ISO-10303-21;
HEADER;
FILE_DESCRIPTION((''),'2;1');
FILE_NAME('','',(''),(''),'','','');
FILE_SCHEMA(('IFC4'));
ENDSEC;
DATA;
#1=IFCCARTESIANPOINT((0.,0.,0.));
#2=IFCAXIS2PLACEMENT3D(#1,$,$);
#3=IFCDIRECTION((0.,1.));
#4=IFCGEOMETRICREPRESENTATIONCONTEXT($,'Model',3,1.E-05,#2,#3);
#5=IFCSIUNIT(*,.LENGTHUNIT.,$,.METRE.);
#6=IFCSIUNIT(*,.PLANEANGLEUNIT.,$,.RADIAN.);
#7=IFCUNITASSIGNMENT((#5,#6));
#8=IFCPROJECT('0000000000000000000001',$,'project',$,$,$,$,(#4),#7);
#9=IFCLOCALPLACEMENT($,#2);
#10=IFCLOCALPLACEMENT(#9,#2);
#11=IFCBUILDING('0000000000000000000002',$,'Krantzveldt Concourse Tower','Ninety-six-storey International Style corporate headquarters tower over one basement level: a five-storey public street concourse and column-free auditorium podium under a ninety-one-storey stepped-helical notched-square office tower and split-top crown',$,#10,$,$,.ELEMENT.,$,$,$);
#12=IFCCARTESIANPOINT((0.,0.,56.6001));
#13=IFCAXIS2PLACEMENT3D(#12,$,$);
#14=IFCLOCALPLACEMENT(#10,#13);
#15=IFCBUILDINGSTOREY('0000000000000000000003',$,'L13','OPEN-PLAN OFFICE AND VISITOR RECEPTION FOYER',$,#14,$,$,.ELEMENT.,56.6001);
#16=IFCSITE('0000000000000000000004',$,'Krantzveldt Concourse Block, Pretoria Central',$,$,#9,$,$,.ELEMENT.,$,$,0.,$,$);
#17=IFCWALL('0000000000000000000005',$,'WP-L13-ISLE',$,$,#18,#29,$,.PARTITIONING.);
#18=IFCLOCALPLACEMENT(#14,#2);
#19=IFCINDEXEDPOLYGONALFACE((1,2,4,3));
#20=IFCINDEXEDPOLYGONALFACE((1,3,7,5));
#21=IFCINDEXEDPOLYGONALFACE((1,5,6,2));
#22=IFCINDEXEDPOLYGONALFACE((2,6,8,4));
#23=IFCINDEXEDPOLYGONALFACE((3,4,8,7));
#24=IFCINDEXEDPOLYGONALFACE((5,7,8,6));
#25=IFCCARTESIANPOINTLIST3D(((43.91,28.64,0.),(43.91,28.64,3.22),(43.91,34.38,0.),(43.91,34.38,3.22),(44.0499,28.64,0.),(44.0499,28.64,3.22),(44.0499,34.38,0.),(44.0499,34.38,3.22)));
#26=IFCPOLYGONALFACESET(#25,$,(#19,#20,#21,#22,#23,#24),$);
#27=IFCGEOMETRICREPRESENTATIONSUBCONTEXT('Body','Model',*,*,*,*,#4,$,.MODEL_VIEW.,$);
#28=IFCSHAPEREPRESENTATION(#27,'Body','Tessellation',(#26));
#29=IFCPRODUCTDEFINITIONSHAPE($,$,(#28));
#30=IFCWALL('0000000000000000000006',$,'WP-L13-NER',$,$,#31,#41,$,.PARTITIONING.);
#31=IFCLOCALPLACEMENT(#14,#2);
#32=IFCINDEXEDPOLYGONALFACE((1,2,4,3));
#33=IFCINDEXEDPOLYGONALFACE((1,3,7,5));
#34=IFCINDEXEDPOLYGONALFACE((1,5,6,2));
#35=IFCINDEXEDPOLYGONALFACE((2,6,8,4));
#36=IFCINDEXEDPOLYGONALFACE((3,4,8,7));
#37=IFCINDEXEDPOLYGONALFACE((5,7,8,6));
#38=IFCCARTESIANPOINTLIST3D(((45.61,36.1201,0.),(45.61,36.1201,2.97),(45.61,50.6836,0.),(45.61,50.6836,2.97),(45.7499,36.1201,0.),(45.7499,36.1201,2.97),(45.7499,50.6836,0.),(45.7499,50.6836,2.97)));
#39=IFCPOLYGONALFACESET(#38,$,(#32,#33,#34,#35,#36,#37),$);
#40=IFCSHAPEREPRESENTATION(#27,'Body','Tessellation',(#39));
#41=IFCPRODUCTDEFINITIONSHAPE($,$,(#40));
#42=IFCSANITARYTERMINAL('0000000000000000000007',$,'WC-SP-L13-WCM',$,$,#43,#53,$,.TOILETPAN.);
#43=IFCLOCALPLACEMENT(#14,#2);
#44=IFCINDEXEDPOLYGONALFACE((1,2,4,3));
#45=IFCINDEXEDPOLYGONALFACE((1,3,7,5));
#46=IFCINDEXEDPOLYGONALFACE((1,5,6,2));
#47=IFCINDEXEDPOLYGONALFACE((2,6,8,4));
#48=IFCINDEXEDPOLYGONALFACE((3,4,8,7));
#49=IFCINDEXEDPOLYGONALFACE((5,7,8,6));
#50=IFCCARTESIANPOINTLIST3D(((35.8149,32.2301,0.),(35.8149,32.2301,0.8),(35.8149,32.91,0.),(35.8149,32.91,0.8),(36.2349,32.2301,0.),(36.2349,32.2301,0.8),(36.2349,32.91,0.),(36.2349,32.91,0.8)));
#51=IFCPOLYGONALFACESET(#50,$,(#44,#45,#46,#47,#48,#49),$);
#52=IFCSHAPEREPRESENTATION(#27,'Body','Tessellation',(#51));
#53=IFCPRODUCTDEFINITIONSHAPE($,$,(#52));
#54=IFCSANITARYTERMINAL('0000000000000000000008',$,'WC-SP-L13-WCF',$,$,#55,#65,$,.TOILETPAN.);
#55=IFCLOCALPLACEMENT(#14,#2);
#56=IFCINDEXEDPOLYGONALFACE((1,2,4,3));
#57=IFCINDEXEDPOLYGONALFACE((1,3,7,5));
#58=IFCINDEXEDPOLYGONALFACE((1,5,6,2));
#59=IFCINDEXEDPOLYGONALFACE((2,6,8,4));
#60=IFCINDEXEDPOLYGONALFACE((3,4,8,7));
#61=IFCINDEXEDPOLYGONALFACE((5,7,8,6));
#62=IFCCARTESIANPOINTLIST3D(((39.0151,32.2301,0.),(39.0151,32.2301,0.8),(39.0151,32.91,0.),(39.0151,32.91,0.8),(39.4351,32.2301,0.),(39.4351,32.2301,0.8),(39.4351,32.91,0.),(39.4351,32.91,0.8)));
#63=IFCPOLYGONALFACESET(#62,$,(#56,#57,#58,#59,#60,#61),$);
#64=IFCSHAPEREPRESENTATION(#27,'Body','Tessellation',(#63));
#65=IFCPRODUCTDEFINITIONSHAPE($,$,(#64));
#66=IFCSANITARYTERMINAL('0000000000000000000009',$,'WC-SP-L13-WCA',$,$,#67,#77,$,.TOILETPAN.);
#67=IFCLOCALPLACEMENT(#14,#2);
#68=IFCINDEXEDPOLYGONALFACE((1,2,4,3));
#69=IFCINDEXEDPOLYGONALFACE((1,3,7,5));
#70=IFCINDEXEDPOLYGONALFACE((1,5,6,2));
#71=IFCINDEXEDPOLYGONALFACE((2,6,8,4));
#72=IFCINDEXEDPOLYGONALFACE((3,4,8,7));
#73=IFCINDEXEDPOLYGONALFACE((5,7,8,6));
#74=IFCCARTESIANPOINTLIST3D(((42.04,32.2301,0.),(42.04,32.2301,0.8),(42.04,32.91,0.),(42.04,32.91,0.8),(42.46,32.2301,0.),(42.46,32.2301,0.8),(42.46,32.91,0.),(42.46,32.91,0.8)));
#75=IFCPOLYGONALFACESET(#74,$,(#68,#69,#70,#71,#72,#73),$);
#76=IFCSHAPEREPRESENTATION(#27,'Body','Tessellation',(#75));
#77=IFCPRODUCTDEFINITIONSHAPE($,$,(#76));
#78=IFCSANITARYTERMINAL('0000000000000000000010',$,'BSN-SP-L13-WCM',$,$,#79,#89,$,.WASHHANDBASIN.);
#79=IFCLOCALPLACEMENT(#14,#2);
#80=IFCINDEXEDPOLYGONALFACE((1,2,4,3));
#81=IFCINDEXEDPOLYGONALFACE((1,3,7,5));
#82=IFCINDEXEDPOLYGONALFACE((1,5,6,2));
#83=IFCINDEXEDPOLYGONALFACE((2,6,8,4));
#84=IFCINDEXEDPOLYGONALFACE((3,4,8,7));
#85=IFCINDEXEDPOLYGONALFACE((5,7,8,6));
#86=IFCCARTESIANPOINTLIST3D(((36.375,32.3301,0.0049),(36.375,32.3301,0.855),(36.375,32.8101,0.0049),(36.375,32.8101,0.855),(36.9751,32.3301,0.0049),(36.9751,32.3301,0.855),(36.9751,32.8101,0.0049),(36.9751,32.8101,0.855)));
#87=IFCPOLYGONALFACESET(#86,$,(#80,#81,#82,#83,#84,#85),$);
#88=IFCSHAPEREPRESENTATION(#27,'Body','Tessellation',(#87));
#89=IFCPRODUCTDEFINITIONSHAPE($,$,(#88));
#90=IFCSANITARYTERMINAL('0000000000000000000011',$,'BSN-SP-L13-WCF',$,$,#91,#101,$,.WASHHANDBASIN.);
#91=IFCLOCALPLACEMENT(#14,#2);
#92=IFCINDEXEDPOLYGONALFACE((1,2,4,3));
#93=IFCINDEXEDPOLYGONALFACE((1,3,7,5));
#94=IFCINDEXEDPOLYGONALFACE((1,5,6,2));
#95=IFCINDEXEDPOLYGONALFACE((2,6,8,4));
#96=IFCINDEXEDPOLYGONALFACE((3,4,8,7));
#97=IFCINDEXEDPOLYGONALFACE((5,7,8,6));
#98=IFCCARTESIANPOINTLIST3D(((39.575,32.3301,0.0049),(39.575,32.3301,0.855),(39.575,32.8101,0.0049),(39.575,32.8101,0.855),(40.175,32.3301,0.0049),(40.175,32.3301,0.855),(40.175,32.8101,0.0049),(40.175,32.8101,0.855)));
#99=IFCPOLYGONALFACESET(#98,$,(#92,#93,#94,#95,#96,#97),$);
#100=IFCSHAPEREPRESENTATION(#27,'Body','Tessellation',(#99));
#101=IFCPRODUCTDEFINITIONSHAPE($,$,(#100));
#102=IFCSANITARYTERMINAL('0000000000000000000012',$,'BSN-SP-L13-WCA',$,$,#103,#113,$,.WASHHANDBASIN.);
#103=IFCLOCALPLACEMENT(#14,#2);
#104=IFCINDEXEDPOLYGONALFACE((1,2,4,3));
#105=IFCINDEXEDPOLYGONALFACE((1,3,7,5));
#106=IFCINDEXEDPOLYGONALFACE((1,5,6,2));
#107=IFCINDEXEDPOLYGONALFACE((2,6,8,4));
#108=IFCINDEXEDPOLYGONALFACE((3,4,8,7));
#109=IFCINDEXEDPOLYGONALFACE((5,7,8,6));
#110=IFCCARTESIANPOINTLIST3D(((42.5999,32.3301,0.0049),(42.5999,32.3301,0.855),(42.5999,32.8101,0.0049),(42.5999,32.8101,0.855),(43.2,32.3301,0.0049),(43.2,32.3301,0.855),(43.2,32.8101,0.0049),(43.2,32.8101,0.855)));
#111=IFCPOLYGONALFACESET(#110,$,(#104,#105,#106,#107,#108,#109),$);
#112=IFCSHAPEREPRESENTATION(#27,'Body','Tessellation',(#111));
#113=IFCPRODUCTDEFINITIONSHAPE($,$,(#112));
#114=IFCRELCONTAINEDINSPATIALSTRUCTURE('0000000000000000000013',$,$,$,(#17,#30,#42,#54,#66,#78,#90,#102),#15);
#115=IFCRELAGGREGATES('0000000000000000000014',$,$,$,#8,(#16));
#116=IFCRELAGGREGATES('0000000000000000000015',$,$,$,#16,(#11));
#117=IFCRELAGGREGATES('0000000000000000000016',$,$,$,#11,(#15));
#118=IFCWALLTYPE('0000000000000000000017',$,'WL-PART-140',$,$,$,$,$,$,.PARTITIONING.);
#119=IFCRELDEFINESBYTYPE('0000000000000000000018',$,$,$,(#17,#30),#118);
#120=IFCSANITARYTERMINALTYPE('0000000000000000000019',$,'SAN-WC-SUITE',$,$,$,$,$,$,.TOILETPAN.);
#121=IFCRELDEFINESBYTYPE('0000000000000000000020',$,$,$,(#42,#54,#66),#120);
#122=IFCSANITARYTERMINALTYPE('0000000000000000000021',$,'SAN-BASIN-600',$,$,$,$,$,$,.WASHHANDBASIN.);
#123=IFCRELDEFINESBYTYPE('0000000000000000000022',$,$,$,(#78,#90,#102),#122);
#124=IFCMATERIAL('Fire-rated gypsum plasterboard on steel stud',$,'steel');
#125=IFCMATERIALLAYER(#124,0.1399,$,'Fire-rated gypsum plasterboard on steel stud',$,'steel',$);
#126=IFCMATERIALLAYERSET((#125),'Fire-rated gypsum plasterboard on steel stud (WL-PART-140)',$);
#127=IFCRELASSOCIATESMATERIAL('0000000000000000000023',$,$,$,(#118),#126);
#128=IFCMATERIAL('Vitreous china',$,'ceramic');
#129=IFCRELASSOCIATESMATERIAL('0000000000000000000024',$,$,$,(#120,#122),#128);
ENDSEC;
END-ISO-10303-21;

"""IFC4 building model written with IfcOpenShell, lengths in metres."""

from ifc_helpers import new_model, si_unit, direction, frame, frame_2d, origin, origin_2d, place, context, subcontext, project, spatial, rectangle, extrude, source, transform, mapped, material, layer, layer_set, type_object, type_shapes, element, save


model = new_model("IFC4")

# Units and contexts
model_context = context("Model", 3, precision=1e-05, world=origin(), true_north=direction((0.0, 1.0)))
body_context = subcontext(model_context, "Body", "Model", "MODEL_VIEW")
ifc_project = project(units=[si_unit("LENGTHUNIT", "METRE"), si_unit("PLANEANGLEUNIT", "RADIAN")], contexts=[model_context])

# Site, building, storey
site_placement = place(None, origin())
site = spatial("IfcSite", under=ifc_project, at=site_placement, Name="Krantzveldt Concourse Block, Pretoria Central", CompositionType="ELEMENT", RefElevation=0.0)
building_placement = place(site_placement, origin())
building = spatial("IfcBuilding", under=site, at=building_placement, Name="Krantzveldt Concourse Tower", Description="Ninety-six-storey International Style corporate headquarters tower over one basement level: a five-storey public street concourse and column-free auditorium podium under a ninety-one-storey stepped-helical notched-square office tower and split-top crown", CompositionType="ELEMENT")
storey_placement = place(building_placement, frame((0.0, 0.0, 56.6001)))
storey = spatial("IfcBuildingStorey", under=building, at=storey_placement, Name="L13", Description="OPEN-PLAN OFFICE AND VISITOR RECEPTION FOYER", CompositionType="ELEMENT", Elevation=56.6001)

# Walls
ifc_material_1 = material(Name="Fire-rated gypsum plasterboard on steel stud", Category="steel")
ifc_layer_1 = layer(ifc_material_1, 0.1399, Name="Fire-rated gypsum plasterboard on steel stud", Category="steel")
ifc_layer_set_1 = layer_set([ifc_layer_1], Name="Fire-rated gypsum plasterboard on steel stud (WL-PART-140)")
wall_type_1 = type_object("IfcWallType", Name="WL-PART-140", PredefinedType="PARTITIONING", material=ifc_layer_set_1)
wall_1_placement = place(storey_placement, frame((43.98, 28.6399, 0.0), z_axis=(0.0, 0.0, 1.0), x_axis=(0.0, 1.0, 0.0)))
element("IfcWall", 1, at=wall_1_placement, inside=storey, type_object=wall_type_1, Name="WP-L13-ISLE", PredefinedType="PARTITIONING", context=body_context, shape_type="SweptSolid", body=[
    extrude(rectangle(XDim=5.74, YDim=0.1399, at=frame_2d((2.8701, 0.0))), origin(), (0.0, 0.0, 1.0), 3.22),
])
wall_2_placement = place(storey_placement, frame((45.6799, 36.1201, 0.0), z_axis=(0.0, 0.0, 1.0), x_axis=(0.0, 1.0, 0.0)))
element("IfcWall", 2, at=wall_2_placement, inside=storey, type_object=wall_type_1, Name="WP-L13-NER", PredefinedType="PARTITIONING", context=body_context, shape_type="SweptSolid", body=[
    extrude(rectangle(XDim=14.5635, YDim=0.1399, at=frame_2d((7.2817, 0.0))), origin(), (0.0, 0.0, 1.0), 2.97),
])

# Sanitary terminals
ifc_material_2 = material(Name="Vitreous china", Category="ceramic")
sanitary_terminal_type_1 = type_object("IfcSanitaryTerminalType", Name="SAN-WC-SUITE", PredefinedType="TOILETPAN", material=ifc_material_2)
shared_shape_1 = source(origin(), body_context, "Body", "SweptSolid", [
    extrude(rectangle(XDim=0.4199, YDim=0.6799, at=origin_2d()), origin(), (0.0, 0.0, 1.0), 0.8),
])
type_shapes(sanitary_terminal_type_1, [shared_shape_1])
for number, where, z_axis, x_axis, name in (
    (3, (36.0249, 32.5701, 0.0), (0.0, 0.0, 1.0), (1.0, 0.0, 0.0), "WC-SP-L13-WCM"),
    (4, (39.2251, 32.5701, 0.0), (0.0, 0.0, 1.0), (1.0, 0.0, 0.0), "WC-SP-L13-WCF"),
    (5, (42.25, 32.5701, 0.0), (0.0, 0.0, 1.0), (1.0, 0.0, 0.0), "WC-SP-L13-WCA"),
):
    element("IfcSanitaryTerminal", number, at=place(storey_placement, frame(where, z_axis=z_axis, x_axis=x_axis)), inside=storey, type_object=sanitary_terminal_type_1, Name=name, PredefinedType="TOILETPAN", context=body_context, shape_type="MappedRepresentation", body=[
        mapped(shared_shape_1, transform((0.0, 0.0, 0.0), x_axis=(1.0, 0.0, 0.0), y_axis=(0.0, 1.0, 0.0), z_axis=(0.0, 0.0, 1.0), scale=1.0)),
    ])
sanitary_terminal_type_2 = type_object("IfcSanitaryTerminalType", Name="SAN-BASIN-600", PredefinedType="WASHHANDBASIN", material=ifc_material_2)
shared_shape_2 = source(origin(), body_context, "Body", "SweptSolid", [
    extrude(rectangle(XDim=0.6001, YDim=0.48, at=origin_2d()), origin(), (0.0, 0.0, 1.0), 0.8501),
])
type_shapes(sanitary_terminal_type_2, [shared_shape_2])
for number, where, z_axis, x_axis, name in (
    (6, (36.675, 32.5701, 0.0049), (0.0, 0.0, 1.0), (1.0, 0.0, 0.0), "BSN-SP-L13-WCM"),
    (7, (39.875, 32.5701, 0.0049), (0.0, 0.0, 1.0), (1.0, 0.0, 0.0), "BSN-SP-L13-WCF"),
    (8, (42.8999, 32.5701, 0.0049), (0.0, 0.0, 1.0), (1.0, 0.0, 0.0), "BSN-SP-L13-WCA"),
):
    element("IfcSanitaryTerminal", number, at=place(storey_placement, frame(where, z_axis=z_axis, x_axis=x_axis)), inside=storey, type_object=sanitary_terminal_type_2, Name=name, PredefinedType="WASHHANDBASIN", context=body_context, shape_type="MappedRepresentation", body=[
        mapped(shared_shape_2, transform((0.0, 0.0, 0.0), x_axis=(1.0, 0.0, 0.0), y_axis=(0.0, 1.0, 0.0), z_axis=(0.0, 0.0, 1.0), scale=1.0)),
    ])

save(model, "model.ifc")
